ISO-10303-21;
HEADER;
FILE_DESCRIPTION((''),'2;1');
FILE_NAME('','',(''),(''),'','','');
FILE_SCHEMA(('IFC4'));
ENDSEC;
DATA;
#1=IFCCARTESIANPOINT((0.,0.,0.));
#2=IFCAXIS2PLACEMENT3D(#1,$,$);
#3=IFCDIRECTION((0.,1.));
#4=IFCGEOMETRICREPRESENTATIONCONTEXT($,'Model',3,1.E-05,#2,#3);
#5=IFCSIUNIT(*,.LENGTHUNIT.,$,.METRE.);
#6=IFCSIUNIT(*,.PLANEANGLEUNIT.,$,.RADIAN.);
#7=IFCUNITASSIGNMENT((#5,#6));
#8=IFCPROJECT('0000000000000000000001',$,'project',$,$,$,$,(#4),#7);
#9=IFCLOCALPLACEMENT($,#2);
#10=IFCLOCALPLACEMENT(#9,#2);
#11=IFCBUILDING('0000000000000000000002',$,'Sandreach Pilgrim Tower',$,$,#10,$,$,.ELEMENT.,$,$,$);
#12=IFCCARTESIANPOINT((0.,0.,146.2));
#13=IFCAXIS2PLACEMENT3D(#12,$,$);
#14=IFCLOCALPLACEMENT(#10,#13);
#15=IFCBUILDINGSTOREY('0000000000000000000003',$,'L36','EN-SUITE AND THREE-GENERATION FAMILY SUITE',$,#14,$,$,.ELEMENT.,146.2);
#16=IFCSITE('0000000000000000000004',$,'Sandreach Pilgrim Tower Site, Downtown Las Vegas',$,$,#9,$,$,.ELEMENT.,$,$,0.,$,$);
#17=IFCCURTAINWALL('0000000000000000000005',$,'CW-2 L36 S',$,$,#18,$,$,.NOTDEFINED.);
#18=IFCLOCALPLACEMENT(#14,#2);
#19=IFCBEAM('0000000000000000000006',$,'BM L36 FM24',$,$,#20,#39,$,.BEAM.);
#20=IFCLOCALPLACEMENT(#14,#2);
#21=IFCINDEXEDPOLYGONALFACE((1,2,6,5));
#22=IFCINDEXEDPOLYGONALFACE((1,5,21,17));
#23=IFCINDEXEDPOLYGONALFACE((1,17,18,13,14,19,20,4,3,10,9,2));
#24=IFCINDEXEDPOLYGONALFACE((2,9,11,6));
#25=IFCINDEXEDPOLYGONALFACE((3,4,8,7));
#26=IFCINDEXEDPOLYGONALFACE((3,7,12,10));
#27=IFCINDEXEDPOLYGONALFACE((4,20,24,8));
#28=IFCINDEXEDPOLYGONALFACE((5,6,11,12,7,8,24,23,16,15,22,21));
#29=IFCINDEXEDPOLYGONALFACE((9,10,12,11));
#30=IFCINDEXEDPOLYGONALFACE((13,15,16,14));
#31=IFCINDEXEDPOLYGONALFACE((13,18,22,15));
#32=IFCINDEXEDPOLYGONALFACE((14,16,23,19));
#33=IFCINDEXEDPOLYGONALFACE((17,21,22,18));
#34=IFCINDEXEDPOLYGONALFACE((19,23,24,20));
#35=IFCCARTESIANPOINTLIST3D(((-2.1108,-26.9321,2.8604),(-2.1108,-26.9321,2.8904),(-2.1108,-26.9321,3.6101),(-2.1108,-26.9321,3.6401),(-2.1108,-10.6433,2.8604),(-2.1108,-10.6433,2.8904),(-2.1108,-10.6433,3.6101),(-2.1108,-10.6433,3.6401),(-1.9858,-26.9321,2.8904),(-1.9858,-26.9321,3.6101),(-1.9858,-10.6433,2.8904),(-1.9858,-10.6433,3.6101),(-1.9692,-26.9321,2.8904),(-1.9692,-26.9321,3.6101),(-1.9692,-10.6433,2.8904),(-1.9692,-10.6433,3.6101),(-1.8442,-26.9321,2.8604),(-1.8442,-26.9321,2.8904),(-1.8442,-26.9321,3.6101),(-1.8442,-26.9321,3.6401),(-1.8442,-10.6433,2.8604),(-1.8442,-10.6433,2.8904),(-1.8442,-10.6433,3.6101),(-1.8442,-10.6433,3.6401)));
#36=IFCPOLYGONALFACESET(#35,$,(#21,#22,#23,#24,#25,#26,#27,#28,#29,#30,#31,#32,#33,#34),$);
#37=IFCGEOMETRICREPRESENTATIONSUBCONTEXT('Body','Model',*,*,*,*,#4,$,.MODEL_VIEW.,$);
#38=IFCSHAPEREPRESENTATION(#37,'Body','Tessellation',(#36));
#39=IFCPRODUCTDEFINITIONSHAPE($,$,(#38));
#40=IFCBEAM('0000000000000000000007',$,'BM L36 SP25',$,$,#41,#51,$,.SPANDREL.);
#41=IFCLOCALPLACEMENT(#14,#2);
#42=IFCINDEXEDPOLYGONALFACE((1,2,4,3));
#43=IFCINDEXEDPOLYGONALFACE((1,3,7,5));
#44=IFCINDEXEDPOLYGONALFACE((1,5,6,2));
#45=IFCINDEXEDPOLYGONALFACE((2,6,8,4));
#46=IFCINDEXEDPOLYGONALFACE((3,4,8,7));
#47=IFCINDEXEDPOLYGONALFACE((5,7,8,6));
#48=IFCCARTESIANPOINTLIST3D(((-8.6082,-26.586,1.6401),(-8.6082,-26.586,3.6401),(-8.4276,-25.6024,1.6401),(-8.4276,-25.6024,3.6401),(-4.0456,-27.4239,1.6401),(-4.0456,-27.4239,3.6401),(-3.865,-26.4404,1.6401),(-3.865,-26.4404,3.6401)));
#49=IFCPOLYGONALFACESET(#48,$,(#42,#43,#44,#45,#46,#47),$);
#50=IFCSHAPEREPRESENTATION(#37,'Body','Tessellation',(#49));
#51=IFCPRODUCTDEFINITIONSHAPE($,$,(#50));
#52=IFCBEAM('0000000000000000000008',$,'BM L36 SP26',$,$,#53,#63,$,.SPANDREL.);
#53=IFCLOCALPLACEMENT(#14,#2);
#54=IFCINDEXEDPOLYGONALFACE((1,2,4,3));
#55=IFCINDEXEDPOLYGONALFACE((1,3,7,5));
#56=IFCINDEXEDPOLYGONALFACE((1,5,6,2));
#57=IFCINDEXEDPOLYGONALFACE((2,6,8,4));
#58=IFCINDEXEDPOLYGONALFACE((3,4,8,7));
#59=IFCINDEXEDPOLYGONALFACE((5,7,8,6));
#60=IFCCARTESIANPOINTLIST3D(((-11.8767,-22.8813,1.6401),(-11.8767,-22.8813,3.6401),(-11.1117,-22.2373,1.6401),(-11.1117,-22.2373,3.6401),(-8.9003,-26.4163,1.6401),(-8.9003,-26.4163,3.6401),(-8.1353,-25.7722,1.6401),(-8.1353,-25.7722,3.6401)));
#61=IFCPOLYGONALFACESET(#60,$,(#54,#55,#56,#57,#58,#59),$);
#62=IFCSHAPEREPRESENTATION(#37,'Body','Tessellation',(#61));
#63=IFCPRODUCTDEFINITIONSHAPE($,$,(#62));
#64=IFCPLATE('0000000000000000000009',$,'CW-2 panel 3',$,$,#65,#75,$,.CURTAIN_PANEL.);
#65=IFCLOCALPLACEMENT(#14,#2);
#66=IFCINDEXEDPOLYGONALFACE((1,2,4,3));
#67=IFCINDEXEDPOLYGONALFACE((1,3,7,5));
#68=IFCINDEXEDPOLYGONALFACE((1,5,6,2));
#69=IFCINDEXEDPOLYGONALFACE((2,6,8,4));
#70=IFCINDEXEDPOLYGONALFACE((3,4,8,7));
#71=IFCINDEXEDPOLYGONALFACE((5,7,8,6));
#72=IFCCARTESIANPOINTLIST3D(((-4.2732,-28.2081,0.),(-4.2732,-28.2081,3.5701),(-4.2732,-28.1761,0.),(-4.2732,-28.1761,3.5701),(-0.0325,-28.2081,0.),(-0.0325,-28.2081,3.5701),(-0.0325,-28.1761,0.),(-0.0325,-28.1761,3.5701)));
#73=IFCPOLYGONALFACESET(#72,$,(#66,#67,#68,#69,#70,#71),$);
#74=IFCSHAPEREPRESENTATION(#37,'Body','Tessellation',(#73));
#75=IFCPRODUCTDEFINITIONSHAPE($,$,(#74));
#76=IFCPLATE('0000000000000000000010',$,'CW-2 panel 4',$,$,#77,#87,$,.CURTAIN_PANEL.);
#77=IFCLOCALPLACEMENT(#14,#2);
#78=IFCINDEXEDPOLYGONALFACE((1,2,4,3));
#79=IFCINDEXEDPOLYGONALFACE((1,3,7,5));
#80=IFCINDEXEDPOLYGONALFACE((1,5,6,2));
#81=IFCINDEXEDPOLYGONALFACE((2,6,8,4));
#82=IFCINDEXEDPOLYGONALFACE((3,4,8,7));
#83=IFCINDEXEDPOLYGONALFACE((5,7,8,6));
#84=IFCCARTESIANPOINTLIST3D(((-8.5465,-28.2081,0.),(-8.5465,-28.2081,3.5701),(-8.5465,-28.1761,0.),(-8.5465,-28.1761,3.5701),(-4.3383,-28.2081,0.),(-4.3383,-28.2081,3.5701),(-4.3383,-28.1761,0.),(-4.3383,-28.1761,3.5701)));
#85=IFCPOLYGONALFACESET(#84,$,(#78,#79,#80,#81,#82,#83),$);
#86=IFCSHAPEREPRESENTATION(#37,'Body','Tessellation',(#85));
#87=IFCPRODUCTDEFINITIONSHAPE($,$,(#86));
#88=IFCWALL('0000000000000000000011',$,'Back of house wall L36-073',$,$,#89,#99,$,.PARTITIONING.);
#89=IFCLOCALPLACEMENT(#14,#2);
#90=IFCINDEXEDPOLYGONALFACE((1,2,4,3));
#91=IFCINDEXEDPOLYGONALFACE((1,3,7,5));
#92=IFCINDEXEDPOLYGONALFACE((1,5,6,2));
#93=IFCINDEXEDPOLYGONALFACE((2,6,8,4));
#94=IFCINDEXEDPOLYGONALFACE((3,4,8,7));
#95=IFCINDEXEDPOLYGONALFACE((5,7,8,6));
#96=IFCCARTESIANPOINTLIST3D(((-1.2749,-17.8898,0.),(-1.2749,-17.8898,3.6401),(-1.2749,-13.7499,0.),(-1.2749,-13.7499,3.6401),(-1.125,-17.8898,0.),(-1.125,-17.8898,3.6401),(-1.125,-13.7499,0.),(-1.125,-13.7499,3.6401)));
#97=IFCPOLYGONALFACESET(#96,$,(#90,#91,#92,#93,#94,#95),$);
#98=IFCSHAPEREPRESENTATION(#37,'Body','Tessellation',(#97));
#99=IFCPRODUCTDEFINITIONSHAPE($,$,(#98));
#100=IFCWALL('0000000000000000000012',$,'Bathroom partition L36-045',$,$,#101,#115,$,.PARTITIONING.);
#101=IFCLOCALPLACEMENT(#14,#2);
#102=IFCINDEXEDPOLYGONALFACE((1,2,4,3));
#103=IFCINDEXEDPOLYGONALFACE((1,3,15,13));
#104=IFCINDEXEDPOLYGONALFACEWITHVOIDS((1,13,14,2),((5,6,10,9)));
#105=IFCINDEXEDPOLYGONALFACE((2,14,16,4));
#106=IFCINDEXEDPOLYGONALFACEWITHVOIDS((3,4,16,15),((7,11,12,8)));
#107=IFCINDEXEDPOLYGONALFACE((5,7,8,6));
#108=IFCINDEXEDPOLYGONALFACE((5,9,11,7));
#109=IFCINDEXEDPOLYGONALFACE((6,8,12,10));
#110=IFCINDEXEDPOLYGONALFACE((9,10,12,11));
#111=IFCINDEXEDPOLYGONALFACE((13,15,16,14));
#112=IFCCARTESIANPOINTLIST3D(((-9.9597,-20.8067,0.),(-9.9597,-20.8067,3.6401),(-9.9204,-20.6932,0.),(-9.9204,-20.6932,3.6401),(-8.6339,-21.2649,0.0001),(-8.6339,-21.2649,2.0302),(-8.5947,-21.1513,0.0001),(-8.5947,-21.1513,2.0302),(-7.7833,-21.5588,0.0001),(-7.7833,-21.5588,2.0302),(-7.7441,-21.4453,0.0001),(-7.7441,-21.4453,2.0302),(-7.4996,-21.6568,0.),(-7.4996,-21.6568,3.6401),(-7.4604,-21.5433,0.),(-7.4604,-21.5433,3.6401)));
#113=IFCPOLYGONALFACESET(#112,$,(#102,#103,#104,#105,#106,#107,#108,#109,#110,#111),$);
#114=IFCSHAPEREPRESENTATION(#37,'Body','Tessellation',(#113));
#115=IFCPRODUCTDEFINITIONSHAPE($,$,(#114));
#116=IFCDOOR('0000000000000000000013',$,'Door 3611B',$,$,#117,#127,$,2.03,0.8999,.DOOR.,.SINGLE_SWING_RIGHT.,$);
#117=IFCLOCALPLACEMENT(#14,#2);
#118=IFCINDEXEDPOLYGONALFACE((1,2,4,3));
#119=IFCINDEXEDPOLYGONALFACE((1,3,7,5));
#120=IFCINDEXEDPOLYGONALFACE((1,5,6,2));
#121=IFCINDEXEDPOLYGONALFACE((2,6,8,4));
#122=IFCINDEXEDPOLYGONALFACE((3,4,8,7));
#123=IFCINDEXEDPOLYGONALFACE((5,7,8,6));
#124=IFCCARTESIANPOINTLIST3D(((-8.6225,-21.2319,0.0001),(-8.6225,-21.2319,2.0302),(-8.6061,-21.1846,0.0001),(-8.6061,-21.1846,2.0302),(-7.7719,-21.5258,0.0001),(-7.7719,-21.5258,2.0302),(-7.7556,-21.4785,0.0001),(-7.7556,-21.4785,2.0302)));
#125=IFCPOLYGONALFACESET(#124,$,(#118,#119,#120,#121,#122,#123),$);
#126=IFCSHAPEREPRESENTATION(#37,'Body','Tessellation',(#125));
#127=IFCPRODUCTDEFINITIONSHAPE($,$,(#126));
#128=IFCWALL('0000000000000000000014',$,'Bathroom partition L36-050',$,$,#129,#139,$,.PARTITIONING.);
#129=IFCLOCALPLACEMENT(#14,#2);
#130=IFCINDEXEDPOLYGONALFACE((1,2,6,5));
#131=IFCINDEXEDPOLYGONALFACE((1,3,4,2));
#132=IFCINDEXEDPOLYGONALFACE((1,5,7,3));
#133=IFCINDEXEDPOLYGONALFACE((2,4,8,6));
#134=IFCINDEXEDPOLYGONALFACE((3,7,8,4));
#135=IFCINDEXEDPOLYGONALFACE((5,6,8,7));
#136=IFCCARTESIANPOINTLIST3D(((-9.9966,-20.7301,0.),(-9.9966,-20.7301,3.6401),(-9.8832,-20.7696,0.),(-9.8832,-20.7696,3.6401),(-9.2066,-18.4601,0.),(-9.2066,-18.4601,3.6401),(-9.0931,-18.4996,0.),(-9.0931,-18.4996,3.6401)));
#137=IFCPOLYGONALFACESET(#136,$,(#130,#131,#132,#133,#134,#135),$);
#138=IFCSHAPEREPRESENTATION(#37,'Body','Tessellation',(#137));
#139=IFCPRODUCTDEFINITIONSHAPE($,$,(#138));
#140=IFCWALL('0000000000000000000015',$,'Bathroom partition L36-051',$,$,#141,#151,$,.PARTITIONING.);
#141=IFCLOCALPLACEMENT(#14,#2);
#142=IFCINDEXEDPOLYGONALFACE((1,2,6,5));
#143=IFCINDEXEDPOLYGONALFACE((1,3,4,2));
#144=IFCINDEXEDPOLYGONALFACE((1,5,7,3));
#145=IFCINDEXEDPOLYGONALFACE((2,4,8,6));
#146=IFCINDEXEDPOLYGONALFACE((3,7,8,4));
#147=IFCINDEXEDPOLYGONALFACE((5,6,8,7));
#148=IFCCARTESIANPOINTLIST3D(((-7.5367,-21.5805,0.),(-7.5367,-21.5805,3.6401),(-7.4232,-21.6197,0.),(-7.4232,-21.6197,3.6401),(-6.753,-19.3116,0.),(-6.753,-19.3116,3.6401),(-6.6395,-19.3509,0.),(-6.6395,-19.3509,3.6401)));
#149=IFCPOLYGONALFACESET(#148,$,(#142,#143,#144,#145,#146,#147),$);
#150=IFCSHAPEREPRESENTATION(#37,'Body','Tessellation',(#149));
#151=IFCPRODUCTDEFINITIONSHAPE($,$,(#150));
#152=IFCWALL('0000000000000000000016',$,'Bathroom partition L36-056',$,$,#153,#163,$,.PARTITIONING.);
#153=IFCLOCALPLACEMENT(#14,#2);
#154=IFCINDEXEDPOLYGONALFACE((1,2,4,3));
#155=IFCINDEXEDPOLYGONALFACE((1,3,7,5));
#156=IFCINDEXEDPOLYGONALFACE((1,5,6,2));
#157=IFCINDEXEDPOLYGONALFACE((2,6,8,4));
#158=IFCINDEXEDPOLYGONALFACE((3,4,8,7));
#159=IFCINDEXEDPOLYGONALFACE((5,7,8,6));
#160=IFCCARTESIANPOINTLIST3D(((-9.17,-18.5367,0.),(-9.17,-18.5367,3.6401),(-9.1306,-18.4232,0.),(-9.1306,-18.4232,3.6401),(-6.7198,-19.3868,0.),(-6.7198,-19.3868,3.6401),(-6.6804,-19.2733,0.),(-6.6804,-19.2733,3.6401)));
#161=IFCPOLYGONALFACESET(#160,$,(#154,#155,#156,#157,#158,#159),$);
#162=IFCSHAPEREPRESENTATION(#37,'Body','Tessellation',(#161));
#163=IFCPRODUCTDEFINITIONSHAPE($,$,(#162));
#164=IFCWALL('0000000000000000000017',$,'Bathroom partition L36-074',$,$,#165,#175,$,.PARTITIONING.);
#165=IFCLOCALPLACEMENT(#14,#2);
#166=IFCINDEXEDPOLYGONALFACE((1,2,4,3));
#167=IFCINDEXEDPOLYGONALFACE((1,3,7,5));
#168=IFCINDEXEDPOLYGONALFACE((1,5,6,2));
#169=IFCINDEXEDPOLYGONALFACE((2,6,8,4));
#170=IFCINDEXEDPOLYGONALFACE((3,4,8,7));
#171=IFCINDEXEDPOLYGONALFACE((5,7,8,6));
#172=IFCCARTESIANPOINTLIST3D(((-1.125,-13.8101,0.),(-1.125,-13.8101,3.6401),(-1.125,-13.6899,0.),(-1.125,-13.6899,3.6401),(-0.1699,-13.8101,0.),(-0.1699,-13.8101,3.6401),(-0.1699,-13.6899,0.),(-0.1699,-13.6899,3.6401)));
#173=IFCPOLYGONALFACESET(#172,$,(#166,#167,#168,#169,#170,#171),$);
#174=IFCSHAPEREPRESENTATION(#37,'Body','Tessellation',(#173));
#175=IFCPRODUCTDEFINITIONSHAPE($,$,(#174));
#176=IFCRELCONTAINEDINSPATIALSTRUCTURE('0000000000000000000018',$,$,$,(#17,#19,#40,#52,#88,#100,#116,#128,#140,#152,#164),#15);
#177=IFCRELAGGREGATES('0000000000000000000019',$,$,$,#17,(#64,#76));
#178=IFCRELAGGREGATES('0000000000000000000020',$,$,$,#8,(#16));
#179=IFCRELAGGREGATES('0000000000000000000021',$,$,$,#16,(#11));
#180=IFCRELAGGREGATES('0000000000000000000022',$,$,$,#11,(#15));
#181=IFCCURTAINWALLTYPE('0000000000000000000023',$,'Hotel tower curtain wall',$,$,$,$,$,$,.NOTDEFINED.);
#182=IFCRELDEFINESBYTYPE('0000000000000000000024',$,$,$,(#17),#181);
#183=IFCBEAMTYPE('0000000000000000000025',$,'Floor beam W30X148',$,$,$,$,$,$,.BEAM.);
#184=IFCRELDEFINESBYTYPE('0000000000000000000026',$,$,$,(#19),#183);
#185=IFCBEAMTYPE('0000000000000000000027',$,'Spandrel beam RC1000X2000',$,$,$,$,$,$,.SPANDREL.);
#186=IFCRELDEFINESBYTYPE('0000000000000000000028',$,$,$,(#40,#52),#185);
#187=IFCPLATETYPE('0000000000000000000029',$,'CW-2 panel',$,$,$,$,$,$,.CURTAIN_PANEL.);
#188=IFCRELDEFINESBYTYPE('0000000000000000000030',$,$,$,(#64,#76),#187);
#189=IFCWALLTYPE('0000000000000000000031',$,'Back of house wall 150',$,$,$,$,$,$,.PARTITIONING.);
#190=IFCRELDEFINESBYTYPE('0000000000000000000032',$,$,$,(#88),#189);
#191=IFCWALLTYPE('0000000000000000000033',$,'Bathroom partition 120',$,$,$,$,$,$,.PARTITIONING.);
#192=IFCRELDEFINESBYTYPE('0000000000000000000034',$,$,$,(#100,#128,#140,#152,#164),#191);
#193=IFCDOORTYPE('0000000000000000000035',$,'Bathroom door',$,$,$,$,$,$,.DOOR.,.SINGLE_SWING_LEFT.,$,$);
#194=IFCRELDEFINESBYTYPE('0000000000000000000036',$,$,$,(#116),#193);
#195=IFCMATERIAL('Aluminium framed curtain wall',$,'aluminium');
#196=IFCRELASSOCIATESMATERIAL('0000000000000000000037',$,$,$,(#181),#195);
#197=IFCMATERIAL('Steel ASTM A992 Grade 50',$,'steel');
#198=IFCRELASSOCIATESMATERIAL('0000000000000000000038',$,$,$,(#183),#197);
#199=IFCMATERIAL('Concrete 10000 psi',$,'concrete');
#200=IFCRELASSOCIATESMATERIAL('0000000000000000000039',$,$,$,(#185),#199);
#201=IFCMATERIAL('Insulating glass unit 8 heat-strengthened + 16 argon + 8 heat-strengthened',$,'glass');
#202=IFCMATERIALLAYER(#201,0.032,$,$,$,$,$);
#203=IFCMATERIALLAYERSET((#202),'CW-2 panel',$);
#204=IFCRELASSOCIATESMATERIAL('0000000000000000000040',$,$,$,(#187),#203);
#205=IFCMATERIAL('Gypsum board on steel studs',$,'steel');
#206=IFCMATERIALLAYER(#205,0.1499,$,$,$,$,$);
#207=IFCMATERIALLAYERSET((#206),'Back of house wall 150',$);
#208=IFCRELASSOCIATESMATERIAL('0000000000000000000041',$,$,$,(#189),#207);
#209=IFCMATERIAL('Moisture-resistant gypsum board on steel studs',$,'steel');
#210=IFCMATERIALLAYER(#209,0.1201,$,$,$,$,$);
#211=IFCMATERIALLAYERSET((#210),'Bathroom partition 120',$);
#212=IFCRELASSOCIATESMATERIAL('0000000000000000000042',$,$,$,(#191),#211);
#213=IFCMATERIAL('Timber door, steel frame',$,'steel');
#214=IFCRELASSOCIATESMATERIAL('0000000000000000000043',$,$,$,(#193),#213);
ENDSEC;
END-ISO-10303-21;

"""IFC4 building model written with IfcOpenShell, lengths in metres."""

from ifc_helpers import new_model, si_unit, direction, frame, frame_2d, origin, origin_2d, place, context, subcontext, project, spatial, rectangle, i_section, extrude, material, layer, layer_set, material_profile, profile_set, type_object, element, fill, aggregate, save


model = new_model("IFC4")

# Units and contexts
model_context = context("Model", 3, precision=1e-05, world=origin(), true_north=direction((0.0, 1.0)))
body_context = subcontext(model_context, "Body", "Model", "MODEL_VIEW")
ifc_project = project(units=[si_unit("LENGTHUNIT", "METRE"), si_unit("PLANEANGLEUNIT", "RADIAN")], contexts=[model_context])

# Site, building, storey
site_placement = place(None, origin())
site = spatial("IfcSite", under=ifc_project, at=site_placement, Name="Sandreach Pilgrim Tower Site, Downtown Las Vegas", CompositionType="ELEMENT", RefElevation=0.0)
building_placement = place(site_placement, origin())
building = spatial("IfcBuilding", under=site, at=building_placement, Name="Sandreach Pilgrim Tower", CompositionType="ELEMENT")
storey_placement = place(building_placement, frame((0.0, 0.0, 146.2)))
storey = spatial("IfcBuildingStorey", under=building, at=storey_placement, Name="L36", Description="EN-SUITE AND THREE-GENERATION FAMILY SUITE", CompositionType="ELEMENT", Elevation=146.2)

# Curtain wall
ifc_material_1 = material(Name="Aluminium framed curtain wall", Category="aluminium")
curtain_wall_type = type_object("IfcCurtainWallType", Name="Hotel tower curtain wall", PredefinedType="NOTDEFINED", material=ifc_material_1)
curtain_wall_placement = place(storey_placement, origin())
curtain_wall = element("IfcCurtainWall", 1, at=curtain_wall_placement, inside=storey, type_object=curtain_wall_type, Name="CW-2 L36 S", PredefinedType="NOTDEFINED")

# Beams
ifc_material_2 = material(Name="Steel ASTM A992 Grade 50", Category="steel")
ifc_material_profile_1 = material_profile(ifc_material_2, i_section(OverallWidth=0.2666, OverallDepth=0.7798, WebThickness=0.0166, FlangeThickness=0.03, at=origin_2d()), Name="W30X148")
ifc_profile_set_1 = profile_set([ifc_material_profile_1], Name="Steel ASTM A992 Grade 50")
beam_type_1 = type_object("IfcBeamType", Name="Floor beam W30X148", PredefinedType="BEAM", material=ifc_profile_set_1)
beam_1_placement = place(storey_placement, frame((-1.9775, -26.9321, 3.2502), z_axis=(0.0, 1.0, 0.0), x_axis=(-1.0, 0.0, 0.0)))
element("IfcBeam", 2, at=beam_1_placement, inside=storey, type_object=beam_type_1, Name="BM L36 FM24", PredefinedType="BEAM", context=body_context, shape_type="SweptSolid", body=[
    extrude(i_section(OverallWidth=0.2666, OverallDepth=0.7798, WebThickness=0.0166, FlangeThickness=0.03, at=origin_2d()), origin(), (0.0, 0.0, 1.0), 16.2888),
])
ifc_material_3 = material(Name="Concrete 10000 psi", Category="concrete")
ifc_material_profile_2 = material_profile(ifc_material_3, rectangle(XDim=1.0, YDim=2.0, at=origin_2d()), Name="RC1000X2000")
ifc_profile_set_2 = profile_set([ifc_material_profile_2], Name="Concrete 10000 psi")
beam_type_2 = type_object("IfcBeamType", Name="Spandrel beam RC1000X2000", PredefinedType="SPANDREL", material=ifc_profile_set_2)
beam_2_placement = place(storey_placement, frame((-3.9553, -26.9321, 2.6401), z_axis=(-0.983552, 0.180627, 0.0), x_axis=(-0.180627, -0.983552, 0.0)))
element("IfcBeam", 3, at=beam_2_placement, inside=storey, type_object=beam_type_2, Name="BM L36 SP25", PredefinedType="SPANDREL", context=body_context, shape_type="SweptSolid", body=[
    extrude(rectangle(XDim=1.0, YDim=2.0, at=origin_2d()), origin(), (0.0, 0.0, 1.0), 4.6389),
])
beam_3_placement = place(storey_placement, frame((-8.5178, -26.0942, 2.6401), z_axis=(-0.644079, 0.764959, 0.0), x_axis=(-0.764959, -0.644079, 0.0)))
element("IfcBeam", 4, at=beam_3_placement, inside=storey, type_object=beam_type_2, Name="BM L36 SP26", PredefinedType="SPANDREL", context=body_context, shape_type="SweptSolid", body=[
    extrude(rectangle(XDim=1.0, YDim=2.0, at=origin_2d()), origin(), (0.0, 0.0, 1.0), 4.6211),
])

# Plates
ifc_material_4 = material(Name="Insulating glass unit 8 heat-strengthened + 16 argon + 8 heat-strengthened", Category="glass")
ifc_layer_1 = layer(ifc_material_4, 0.032)
ifc_layer_set_1 = layer_set([ifc_layer_1], Name="CW-2 panel")
plate_type = type_object("IfcPlateType", Name="CW-2 panel", PredefinedType="CURTAIN_PANEL", material=ifc_layer_set_1)
plate_1_placement = place(storey_placement, frame((-2.1528, -28.1921, 0.0), z_axis=(0.0, 0.0, 1.0), x_axis=(-1.0, 0.0, 0.0)))
plate_1 = element("IfcPlate", 5, at=plate_1_placement, type_object=plate_type, Name="CW-2 panel 3", PredefinedType="CURTAIN_PANEL", context=body_context, shape_type="SweptSolid", body=[
    extrude(rectangle(XDim=4.2407, YDim=0.032, at=origin_2d()), origin(), (0.0, 0.0, 1.0), 3.5701),
])
plate_2_placement = place(storey_placement, frame((-6.4424, -28.1921, 0.0), z_axis=(0.0, 0.0, 1.0), x_axis=(-1.0, 0.0, 0.0)))
plate_2 = element("IfcPlate", 6, at=plate_2_placement, type_object=plate_type, Name="CW-2 panel 4", PredefinedType="CURTAIN_PANEL", context=body_context, shape_type="SweptSolid", body=[
    extrude(rectangle(XDim=4.2083, YDim=0.032, at=origin_2d()), origin(), (0.0, 0.0, 1.0), 3.5701),
])
aggregate(curtain_wall, [plate_1, plate_2])

# Wall
ifc_material_5 = material(Name="Gypsum board on steel studs", Category="steel")
ifc_layer_2 = layer(ifc_material_5, 0.1499)
ifc_layer_set_2 = layer_set([ifc_layer_2], Name="Back of house wall 150")
wall_type_1 = type_object("IfcWallType", Name="Back of house wall 150", PredefinedType="PARTITIONING", material=ifc_layer_set_2)
wall_1_placement = place(storey_placement, frame((-1.2, -13.75, 0.0), z_axis=(0.0, 0.0, 1.0), x_axis=(0.0, -1.0, 0.0)))
element("IfcWall", 7, at=wall_1_placement, inside=storey, type_object=wall_type_1, Name="Back of house wall L36-073", PredefinedType="PARTITIONING", context=body_context, shape_type="SweptSolid", body=[
    extrude(rectangle(XDim=4.1399, YDim=0.1499, at=frame_2d((2.0698, 0.0))), origin(), (0.0, 0.0, 1.0), 3.6401),
])

# Wall, opening, door
ifc_material_6 = material(Name="Moisture-resistant gypsum board on steel studs", Category="steel")
ifc_layer_3 = layer(ifc_material_6, 0.1201)
ifc_layer_set_3 = layer_set([ifc_layer_3], Name="Bathroom partition 120")
wall_type_2 = type_object("IfcWallType", Name="Bathroom partition 120", PredefinedType="PARTITIONING", material=ifc_layer_set_3)
wall_2_placement = place(storey_placement, frame((-9.9399, -20.75, 0.0), z_axis=(0.0, 0.0, 1.0), x_axis=(0.945155, -0.326621, 0.0)))
wall_2 = element("IfcWall", 8, at=wall_2_placement, inside=storey, type_object=wall_type_2, Name="Bathroom partition L36-045", PredefinedType="PARTITIONING", context=body_context, shape_type="SweptSolid", body=[
    extrude(rectangle(XDim=2.6028, YDim=0.1201, at=frame_2d((1.3013, 0.0))), origin(), (0.0, 0.0, 1.0), 3.6401),
])
opening_1_placement = place(wall_2_placement, frame((1.4026, 0.0, 0.0)))
opening_1 = element("IfcOpeningElement", 9, at=opening_1_placement, cuts=wall_2, PredefinedType="OPENING", context=body_context, shape_type="SweptSolid", body=[
    extrude(rectangle(XDim=0.8999, YDim=2.03, at=frame_2d((0.45, 1.0151))), frame((0.0, 0.0601, 0.0), z_axis=(0.0, -1.0, 0.0), x_axis=(1.0, 0.0, 0.0)), (0.0, 0.0, 1.0), 0.1201),
])
ifc_material_7 = material(Name="Timber door, steel frame", Category="steel")
door_type_1 = type_object("IfcDoorType", Name="Bathroom door", OperationType="SINGLE_SWING_LEFT", PredefinedType="DOOR", material=ifc_material_7)
door_1_placement = place(opening_1_placement, origin())
door_1 = element("IfcDoor", 10, at=door_1_placement, inside=storey, type_object=door_type_1, Name="Door 3611B", OperationType="SINGLE_SWING_RIGHT", OverallHeight=2.03, OverallWidth=0.8999, PredefinedType="DOOR", context=body_context, shape_type="SweptSolid", body=[
    extrude(rectangle(XDim=0.8999, YDim=2.03, at=frame_2d((0.45, 1.0151))), frame((0.0, 0.0249, 0.0), z_axis=(0.0, -1.0, 0.0), x_axis=(1.0, 0.0, 0.0)), (0.0, 0.0, 1.0), 0.05),
])
fill(opening_1, door_1)

# Walls
wall_3_placement = place(storey_placement, frame((-9.1499, -18.48, 0.0), z_axis=(0.0, 0.0, 1.0), x_axis=(-0.328694, -0.944436, 0.0)))
element("IfcWall", 11, at=wall_3_placement, inside=storey, type_object=wall_type_2, Name="Bathroom partition L36-050", PredefinedType="PARTITIONING", context=body_context, shape_type="SweptSolid", body=[
    extrude(rectangle(XDim=2.4036, YDim=0.1201, at=frame_2d((1.2017, 0.0))), origin(), (0.0, 0.0, 1.0), 3.6401),
])
wall_4_placement = place(storey_placement, frame((-7.48, -21.6001, 0.0), z_axis=(0.0, 0.0, 1.0), x_axis=(0.326492, 0.9452, 0.0)))
element("IfcWall", 12, at=wall_4_placement, inside=storey, type_object=wall_type_2, Name="Bathroom partition L36-051", PredefinedType="PARTITIONING", context=body_context, shape_type="SweptSolid", body=[
    extrude(rectangle(XDim=2.4004, YDim=0.1201, at=frame_2d((1.2002, 0.0))), origin(), (0.0, 0.0, 1.0), 3.6401),
])
wall_5_placement = place(storey_placement, frame((-6.7, -19.3301, 0.0), z_axis=(0.0, 0.0, 1.0), x_axis=(-0.944753, 0.327783, 0.0)))
element("IfcWall", 13, at=wall_5_placement, inside=storey, type_object=wall_type_2, Name="Bathroom partition L36-056", PredefinedType="PARTITIONING", context=body_context, shape_type="SweptSolid", body=[
    extrude(rectangle(XDim=2.5935, YDim=0.1201, at=frame_2d((1.2969, 0.0))), origin(), (0.0, 0.0, 1.0), 3.6401),
])
wall_6_placement = place(storey_placement, frame((-1.125, -13.75, 0.0), z_axis=(0.0, 0.0, 1.0), x_axis=(1.0, 0.0, 0.0)))
element("IfcWall", 14, at=wall_6_placement, inside=storey, type_object=wall_type_2, Name="Bathroom partition L36-074", PredefinedType="PARTITIONING", context=body_context, shape_type="SweptSolid", body=[
    extrude(rectangle(XDim=0.9551, YDim=0.1201, at=frame_2d((0.4775, 0.0))), origin(), (0.0, 0.0, 1.0), 3.6401),
])

save(model, "model.ifc")
